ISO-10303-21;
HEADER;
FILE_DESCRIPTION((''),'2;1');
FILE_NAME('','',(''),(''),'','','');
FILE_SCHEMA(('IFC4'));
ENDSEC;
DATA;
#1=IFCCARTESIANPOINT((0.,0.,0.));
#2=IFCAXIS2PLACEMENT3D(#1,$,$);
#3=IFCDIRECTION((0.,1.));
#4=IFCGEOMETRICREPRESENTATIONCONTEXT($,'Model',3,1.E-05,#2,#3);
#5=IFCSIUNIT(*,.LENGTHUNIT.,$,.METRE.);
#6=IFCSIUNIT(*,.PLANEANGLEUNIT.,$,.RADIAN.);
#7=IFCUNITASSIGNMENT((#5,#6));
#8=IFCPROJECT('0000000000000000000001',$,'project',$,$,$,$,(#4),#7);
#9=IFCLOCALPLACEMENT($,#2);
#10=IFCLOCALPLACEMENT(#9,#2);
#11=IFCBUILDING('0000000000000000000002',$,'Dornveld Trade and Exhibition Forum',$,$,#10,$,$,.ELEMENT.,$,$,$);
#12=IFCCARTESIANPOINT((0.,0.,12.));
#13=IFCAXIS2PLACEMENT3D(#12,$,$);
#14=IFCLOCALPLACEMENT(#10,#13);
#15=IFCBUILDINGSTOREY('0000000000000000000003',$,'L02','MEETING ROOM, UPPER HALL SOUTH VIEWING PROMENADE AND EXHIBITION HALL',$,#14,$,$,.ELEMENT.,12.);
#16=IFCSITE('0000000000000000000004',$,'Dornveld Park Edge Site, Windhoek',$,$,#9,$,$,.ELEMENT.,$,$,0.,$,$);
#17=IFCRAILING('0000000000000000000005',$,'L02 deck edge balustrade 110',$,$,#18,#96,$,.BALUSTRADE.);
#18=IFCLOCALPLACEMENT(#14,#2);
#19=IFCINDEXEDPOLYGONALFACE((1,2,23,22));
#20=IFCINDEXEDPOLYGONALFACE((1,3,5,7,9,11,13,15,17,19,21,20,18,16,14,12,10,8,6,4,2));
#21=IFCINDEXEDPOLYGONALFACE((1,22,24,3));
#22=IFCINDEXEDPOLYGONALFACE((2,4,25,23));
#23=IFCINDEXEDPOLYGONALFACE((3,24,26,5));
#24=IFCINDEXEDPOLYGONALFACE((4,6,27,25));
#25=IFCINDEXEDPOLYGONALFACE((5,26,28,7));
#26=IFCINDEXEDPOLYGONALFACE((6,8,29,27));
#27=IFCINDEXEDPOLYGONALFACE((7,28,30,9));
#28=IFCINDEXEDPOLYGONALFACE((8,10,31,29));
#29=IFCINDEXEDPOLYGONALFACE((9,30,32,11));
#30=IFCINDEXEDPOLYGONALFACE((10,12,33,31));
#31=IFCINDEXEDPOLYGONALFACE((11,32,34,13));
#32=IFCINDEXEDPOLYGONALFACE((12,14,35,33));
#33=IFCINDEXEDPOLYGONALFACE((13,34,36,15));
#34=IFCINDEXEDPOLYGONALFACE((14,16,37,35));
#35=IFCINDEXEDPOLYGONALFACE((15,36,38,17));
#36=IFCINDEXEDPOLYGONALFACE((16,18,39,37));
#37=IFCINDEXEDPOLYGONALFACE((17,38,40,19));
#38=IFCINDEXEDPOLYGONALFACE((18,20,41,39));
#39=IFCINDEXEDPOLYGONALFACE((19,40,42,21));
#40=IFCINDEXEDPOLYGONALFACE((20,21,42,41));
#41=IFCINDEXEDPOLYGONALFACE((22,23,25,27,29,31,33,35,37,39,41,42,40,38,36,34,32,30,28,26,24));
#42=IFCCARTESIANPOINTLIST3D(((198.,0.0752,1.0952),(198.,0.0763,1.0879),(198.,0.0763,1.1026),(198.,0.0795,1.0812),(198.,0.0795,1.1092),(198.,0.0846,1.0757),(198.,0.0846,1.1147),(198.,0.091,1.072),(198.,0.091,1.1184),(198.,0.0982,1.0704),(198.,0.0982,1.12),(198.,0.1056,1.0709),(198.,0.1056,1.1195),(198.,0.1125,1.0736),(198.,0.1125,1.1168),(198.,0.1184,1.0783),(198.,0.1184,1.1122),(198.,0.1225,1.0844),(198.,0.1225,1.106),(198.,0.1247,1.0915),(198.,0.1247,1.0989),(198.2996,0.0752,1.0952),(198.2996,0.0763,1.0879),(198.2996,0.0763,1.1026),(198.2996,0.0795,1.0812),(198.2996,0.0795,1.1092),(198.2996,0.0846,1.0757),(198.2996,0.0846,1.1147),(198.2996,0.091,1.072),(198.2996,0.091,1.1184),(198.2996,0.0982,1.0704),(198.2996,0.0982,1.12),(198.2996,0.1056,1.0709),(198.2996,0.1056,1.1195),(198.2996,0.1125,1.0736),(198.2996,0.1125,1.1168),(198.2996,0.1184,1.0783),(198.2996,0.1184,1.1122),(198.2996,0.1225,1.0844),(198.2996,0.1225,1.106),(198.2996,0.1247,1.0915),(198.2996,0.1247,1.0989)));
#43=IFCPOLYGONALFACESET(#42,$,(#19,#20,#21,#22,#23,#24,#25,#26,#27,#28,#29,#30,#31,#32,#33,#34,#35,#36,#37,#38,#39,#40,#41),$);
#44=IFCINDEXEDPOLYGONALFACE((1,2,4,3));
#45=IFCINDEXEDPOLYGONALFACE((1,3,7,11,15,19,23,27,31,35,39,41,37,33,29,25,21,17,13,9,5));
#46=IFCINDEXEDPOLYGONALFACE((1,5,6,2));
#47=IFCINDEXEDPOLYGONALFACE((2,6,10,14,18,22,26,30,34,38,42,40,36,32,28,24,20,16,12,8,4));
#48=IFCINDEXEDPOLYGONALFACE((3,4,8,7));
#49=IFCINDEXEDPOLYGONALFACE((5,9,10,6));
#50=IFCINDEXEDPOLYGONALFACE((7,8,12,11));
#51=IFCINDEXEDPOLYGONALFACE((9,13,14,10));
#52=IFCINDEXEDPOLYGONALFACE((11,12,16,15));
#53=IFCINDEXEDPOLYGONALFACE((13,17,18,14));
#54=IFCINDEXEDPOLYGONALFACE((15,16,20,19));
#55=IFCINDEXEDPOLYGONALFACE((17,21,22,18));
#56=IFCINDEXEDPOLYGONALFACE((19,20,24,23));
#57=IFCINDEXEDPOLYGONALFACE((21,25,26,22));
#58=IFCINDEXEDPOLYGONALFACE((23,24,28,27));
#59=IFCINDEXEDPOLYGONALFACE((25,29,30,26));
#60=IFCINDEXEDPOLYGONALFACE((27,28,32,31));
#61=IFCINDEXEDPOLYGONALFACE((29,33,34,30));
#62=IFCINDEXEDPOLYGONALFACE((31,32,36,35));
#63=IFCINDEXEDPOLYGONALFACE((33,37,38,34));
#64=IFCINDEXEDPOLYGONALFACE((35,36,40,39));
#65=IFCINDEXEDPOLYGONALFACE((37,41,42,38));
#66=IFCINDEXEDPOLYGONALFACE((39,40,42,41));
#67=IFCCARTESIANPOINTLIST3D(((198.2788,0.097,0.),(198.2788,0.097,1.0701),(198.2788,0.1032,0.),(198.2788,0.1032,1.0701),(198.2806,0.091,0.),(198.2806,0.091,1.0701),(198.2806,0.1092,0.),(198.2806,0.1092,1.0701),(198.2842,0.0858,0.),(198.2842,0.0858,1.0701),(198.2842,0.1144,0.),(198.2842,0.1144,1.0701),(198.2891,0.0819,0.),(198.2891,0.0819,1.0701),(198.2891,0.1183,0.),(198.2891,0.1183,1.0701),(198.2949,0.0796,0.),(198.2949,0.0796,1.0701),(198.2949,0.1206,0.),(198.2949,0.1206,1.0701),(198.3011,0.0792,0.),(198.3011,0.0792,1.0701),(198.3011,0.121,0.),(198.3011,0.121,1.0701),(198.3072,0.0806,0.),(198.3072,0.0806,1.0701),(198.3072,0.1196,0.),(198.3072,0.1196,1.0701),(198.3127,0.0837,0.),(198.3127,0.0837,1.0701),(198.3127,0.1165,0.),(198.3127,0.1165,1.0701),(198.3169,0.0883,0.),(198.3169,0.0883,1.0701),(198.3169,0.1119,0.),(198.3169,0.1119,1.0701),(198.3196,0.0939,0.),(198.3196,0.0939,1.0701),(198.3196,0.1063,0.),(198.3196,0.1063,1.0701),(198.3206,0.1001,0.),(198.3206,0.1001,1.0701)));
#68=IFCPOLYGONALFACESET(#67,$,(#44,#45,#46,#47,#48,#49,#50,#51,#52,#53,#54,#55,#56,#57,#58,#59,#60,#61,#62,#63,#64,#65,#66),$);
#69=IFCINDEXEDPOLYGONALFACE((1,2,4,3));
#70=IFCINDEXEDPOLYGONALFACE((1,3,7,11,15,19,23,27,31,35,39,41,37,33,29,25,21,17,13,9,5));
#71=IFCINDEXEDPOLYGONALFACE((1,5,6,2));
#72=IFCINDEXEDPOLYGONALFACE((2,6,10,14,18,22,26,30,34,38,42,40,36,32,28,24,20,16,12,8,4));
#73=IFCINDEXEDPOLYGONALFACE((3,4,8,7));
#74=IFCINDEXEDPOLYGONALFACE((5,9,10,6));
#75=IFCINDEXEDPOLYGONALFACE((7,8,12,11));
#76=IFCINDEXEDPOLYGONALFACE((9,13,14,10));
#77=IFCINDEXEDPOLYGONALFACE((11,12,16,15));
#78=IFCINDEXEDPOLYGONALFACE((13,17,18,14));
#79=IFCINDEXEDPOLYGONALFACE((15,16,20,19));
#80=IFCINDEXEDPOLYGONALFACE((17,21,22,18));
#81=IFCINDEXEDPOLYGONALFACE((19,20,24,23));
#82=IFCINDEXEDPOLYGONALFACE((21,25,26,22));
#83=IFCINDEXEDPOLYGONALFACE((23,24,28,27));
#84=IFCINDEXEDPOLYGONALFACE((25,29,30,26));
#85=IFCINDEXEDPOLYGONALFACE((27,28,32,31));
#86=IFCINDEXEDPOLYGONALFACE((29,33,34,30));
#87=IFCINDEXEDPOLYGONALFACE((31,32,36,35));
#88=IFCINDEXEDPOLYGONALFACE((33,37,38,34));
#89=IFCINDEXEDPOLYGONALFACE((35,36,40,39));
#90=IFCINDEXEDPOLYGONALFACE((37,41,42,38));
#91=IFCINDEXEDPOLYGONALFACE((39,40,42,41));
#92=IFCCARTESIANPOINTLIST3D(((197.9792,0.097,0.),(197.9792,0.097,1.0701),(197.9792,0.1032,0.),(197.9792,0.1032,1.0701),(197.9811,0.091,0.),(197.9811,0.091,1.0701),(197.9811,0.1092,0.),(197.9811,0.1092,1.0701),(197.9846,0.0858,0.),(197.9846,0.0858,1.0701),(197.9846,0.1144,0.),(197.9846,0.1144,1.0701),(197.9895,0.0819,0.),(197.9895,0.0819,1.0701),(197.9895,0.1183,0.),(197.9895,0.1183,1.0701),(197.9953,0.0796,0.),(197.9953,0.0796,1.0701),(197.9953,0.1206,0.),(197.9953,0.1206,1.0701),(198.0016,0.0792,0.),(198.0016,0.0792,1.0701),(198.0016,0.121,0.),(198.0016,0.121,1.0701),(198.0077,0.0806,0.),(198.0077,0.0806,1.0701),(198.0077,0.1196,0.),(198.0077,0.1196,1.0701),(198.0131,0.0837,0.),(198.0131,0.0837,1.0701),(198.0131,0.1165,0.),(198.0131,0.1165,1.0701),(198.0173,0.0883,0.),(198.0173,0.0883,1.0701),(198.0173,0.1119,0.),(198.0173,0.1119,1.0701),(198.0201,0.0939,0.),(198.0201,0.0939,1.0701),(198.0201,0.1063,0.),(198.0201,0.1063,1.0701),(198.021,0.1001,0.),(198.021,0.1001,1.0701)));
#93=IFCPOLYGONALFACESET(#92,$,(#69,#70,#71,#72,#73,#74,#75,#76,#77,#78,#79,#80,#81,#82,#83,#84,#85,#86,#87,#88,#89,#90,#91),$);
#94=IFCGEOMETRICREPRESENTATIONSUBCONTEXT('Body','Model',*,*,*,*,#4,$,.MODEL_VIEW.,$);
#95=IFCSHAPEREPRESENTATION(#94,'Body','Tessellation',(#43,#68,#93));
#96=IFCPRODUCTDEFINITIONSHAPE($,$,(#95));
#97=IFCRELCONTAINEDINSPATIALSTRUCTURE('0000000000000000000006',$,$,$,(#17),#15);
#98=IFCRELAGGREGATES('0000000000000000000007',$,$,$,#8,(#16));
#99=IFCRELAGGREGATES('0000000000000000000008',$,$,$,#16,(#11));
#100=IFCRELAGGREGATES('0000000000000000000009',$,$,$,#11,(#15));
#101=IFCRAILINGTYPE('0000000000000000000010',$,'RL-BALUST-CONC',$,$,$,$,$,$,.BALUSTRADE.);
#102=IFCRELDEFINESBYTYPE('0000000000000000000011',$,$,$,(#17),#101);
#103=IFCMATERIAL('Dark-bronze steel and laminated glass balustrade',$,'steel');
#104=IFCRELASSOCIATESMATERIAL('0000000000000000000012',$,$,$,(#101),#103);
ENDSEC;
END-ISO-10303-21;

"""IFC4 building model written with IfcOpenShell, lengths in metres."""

from ifc_helpers import new_model, si_unit, direction, frame, origin, origin_2d, place, context, subcontext, project, spatial, circle, extrude, material, type_object, element, save


model = new_model("IFC4")

# Units and contexts
model_context = context("Model", 3, precision=1e-05, world=origin(), true_north=direction((0.0, 1.0)))
body_context = subcontext(model_context, "Body", "Model", "MODEL_VIEW")
ifc_project = project(units=[si_unit("LENGTHUNIT", "METRE"), si_unit("PLANEANGLEUNIT", "RADIAN")], contexts=[model_context])

# Site, building, storey
site_placement = place(None, origin())
site = spatial("IfcSite", under=ifc_project, at=site_placement, Name="Dornveld Park Edge Site, Windhoek", CompositionType="ELEMENT", RefElevation=0.0)
building_placement = place(site_placement, origin())
building = spatial("IfcBuilding", under=site, at=building_placement, Name="Dornveld Trade and Exhibition Forum", CompositionType="ELEMENT")
storey_placement = place(building_placement, frame((0.0, 0.0, 12.0)))
storey = spatial("IfcBuildingStorey", under=building, at=storey_placement, Name="L02", Description="MEETING ROOM, UPPER HALL SOUTH VIEWING PROMENADE AND EXHIBITION HALL", CompositionType="ELEMENT", Elevation=12.0)

# Railing
ifc_material_1 = material(Name="Dark-bronze steel and laminated glass balustrade", Category="steel")
railing_type_1 = type_object("IfcRailingType", Name="RL-BALUST-CONC", PredefinedType="BALUSTRADE", material=ifc_material_1)
railing_1_placement = place(storey_placement, frame((198.2996, 0.1001, 0.0)))
element("IfcRailing", 1, at=railing_1_placement, inside=storey, type_object=railing_type_1, Name="L02 deck edge balustrade 110", PredefinedType="BALUSTRADE", context=body_context, shape_type="SweptSolid", body=[
    extrude(circle(Radius=0.0249, at=origin_2d()), frame((0.0, 0.0, 1.0952), z_axis=(-1.0, 0.0, 0.0), x_axis=(0.0, -1.0, 0.0)), (0.0, 0.0, 1.0), 0.2996),
    extrude(circle(Radius=0.021, at=origin_2d()), origin(), (0.0, 0.0, 1.0), 1.0701),
    extrude(circle(Radius=0.021, at=origin_2d()), frame((-0.2996, 0.0, 0.0)), (0.0, 0.0, 1.0), 1.0701),
])

save(model, "model.ifc")
